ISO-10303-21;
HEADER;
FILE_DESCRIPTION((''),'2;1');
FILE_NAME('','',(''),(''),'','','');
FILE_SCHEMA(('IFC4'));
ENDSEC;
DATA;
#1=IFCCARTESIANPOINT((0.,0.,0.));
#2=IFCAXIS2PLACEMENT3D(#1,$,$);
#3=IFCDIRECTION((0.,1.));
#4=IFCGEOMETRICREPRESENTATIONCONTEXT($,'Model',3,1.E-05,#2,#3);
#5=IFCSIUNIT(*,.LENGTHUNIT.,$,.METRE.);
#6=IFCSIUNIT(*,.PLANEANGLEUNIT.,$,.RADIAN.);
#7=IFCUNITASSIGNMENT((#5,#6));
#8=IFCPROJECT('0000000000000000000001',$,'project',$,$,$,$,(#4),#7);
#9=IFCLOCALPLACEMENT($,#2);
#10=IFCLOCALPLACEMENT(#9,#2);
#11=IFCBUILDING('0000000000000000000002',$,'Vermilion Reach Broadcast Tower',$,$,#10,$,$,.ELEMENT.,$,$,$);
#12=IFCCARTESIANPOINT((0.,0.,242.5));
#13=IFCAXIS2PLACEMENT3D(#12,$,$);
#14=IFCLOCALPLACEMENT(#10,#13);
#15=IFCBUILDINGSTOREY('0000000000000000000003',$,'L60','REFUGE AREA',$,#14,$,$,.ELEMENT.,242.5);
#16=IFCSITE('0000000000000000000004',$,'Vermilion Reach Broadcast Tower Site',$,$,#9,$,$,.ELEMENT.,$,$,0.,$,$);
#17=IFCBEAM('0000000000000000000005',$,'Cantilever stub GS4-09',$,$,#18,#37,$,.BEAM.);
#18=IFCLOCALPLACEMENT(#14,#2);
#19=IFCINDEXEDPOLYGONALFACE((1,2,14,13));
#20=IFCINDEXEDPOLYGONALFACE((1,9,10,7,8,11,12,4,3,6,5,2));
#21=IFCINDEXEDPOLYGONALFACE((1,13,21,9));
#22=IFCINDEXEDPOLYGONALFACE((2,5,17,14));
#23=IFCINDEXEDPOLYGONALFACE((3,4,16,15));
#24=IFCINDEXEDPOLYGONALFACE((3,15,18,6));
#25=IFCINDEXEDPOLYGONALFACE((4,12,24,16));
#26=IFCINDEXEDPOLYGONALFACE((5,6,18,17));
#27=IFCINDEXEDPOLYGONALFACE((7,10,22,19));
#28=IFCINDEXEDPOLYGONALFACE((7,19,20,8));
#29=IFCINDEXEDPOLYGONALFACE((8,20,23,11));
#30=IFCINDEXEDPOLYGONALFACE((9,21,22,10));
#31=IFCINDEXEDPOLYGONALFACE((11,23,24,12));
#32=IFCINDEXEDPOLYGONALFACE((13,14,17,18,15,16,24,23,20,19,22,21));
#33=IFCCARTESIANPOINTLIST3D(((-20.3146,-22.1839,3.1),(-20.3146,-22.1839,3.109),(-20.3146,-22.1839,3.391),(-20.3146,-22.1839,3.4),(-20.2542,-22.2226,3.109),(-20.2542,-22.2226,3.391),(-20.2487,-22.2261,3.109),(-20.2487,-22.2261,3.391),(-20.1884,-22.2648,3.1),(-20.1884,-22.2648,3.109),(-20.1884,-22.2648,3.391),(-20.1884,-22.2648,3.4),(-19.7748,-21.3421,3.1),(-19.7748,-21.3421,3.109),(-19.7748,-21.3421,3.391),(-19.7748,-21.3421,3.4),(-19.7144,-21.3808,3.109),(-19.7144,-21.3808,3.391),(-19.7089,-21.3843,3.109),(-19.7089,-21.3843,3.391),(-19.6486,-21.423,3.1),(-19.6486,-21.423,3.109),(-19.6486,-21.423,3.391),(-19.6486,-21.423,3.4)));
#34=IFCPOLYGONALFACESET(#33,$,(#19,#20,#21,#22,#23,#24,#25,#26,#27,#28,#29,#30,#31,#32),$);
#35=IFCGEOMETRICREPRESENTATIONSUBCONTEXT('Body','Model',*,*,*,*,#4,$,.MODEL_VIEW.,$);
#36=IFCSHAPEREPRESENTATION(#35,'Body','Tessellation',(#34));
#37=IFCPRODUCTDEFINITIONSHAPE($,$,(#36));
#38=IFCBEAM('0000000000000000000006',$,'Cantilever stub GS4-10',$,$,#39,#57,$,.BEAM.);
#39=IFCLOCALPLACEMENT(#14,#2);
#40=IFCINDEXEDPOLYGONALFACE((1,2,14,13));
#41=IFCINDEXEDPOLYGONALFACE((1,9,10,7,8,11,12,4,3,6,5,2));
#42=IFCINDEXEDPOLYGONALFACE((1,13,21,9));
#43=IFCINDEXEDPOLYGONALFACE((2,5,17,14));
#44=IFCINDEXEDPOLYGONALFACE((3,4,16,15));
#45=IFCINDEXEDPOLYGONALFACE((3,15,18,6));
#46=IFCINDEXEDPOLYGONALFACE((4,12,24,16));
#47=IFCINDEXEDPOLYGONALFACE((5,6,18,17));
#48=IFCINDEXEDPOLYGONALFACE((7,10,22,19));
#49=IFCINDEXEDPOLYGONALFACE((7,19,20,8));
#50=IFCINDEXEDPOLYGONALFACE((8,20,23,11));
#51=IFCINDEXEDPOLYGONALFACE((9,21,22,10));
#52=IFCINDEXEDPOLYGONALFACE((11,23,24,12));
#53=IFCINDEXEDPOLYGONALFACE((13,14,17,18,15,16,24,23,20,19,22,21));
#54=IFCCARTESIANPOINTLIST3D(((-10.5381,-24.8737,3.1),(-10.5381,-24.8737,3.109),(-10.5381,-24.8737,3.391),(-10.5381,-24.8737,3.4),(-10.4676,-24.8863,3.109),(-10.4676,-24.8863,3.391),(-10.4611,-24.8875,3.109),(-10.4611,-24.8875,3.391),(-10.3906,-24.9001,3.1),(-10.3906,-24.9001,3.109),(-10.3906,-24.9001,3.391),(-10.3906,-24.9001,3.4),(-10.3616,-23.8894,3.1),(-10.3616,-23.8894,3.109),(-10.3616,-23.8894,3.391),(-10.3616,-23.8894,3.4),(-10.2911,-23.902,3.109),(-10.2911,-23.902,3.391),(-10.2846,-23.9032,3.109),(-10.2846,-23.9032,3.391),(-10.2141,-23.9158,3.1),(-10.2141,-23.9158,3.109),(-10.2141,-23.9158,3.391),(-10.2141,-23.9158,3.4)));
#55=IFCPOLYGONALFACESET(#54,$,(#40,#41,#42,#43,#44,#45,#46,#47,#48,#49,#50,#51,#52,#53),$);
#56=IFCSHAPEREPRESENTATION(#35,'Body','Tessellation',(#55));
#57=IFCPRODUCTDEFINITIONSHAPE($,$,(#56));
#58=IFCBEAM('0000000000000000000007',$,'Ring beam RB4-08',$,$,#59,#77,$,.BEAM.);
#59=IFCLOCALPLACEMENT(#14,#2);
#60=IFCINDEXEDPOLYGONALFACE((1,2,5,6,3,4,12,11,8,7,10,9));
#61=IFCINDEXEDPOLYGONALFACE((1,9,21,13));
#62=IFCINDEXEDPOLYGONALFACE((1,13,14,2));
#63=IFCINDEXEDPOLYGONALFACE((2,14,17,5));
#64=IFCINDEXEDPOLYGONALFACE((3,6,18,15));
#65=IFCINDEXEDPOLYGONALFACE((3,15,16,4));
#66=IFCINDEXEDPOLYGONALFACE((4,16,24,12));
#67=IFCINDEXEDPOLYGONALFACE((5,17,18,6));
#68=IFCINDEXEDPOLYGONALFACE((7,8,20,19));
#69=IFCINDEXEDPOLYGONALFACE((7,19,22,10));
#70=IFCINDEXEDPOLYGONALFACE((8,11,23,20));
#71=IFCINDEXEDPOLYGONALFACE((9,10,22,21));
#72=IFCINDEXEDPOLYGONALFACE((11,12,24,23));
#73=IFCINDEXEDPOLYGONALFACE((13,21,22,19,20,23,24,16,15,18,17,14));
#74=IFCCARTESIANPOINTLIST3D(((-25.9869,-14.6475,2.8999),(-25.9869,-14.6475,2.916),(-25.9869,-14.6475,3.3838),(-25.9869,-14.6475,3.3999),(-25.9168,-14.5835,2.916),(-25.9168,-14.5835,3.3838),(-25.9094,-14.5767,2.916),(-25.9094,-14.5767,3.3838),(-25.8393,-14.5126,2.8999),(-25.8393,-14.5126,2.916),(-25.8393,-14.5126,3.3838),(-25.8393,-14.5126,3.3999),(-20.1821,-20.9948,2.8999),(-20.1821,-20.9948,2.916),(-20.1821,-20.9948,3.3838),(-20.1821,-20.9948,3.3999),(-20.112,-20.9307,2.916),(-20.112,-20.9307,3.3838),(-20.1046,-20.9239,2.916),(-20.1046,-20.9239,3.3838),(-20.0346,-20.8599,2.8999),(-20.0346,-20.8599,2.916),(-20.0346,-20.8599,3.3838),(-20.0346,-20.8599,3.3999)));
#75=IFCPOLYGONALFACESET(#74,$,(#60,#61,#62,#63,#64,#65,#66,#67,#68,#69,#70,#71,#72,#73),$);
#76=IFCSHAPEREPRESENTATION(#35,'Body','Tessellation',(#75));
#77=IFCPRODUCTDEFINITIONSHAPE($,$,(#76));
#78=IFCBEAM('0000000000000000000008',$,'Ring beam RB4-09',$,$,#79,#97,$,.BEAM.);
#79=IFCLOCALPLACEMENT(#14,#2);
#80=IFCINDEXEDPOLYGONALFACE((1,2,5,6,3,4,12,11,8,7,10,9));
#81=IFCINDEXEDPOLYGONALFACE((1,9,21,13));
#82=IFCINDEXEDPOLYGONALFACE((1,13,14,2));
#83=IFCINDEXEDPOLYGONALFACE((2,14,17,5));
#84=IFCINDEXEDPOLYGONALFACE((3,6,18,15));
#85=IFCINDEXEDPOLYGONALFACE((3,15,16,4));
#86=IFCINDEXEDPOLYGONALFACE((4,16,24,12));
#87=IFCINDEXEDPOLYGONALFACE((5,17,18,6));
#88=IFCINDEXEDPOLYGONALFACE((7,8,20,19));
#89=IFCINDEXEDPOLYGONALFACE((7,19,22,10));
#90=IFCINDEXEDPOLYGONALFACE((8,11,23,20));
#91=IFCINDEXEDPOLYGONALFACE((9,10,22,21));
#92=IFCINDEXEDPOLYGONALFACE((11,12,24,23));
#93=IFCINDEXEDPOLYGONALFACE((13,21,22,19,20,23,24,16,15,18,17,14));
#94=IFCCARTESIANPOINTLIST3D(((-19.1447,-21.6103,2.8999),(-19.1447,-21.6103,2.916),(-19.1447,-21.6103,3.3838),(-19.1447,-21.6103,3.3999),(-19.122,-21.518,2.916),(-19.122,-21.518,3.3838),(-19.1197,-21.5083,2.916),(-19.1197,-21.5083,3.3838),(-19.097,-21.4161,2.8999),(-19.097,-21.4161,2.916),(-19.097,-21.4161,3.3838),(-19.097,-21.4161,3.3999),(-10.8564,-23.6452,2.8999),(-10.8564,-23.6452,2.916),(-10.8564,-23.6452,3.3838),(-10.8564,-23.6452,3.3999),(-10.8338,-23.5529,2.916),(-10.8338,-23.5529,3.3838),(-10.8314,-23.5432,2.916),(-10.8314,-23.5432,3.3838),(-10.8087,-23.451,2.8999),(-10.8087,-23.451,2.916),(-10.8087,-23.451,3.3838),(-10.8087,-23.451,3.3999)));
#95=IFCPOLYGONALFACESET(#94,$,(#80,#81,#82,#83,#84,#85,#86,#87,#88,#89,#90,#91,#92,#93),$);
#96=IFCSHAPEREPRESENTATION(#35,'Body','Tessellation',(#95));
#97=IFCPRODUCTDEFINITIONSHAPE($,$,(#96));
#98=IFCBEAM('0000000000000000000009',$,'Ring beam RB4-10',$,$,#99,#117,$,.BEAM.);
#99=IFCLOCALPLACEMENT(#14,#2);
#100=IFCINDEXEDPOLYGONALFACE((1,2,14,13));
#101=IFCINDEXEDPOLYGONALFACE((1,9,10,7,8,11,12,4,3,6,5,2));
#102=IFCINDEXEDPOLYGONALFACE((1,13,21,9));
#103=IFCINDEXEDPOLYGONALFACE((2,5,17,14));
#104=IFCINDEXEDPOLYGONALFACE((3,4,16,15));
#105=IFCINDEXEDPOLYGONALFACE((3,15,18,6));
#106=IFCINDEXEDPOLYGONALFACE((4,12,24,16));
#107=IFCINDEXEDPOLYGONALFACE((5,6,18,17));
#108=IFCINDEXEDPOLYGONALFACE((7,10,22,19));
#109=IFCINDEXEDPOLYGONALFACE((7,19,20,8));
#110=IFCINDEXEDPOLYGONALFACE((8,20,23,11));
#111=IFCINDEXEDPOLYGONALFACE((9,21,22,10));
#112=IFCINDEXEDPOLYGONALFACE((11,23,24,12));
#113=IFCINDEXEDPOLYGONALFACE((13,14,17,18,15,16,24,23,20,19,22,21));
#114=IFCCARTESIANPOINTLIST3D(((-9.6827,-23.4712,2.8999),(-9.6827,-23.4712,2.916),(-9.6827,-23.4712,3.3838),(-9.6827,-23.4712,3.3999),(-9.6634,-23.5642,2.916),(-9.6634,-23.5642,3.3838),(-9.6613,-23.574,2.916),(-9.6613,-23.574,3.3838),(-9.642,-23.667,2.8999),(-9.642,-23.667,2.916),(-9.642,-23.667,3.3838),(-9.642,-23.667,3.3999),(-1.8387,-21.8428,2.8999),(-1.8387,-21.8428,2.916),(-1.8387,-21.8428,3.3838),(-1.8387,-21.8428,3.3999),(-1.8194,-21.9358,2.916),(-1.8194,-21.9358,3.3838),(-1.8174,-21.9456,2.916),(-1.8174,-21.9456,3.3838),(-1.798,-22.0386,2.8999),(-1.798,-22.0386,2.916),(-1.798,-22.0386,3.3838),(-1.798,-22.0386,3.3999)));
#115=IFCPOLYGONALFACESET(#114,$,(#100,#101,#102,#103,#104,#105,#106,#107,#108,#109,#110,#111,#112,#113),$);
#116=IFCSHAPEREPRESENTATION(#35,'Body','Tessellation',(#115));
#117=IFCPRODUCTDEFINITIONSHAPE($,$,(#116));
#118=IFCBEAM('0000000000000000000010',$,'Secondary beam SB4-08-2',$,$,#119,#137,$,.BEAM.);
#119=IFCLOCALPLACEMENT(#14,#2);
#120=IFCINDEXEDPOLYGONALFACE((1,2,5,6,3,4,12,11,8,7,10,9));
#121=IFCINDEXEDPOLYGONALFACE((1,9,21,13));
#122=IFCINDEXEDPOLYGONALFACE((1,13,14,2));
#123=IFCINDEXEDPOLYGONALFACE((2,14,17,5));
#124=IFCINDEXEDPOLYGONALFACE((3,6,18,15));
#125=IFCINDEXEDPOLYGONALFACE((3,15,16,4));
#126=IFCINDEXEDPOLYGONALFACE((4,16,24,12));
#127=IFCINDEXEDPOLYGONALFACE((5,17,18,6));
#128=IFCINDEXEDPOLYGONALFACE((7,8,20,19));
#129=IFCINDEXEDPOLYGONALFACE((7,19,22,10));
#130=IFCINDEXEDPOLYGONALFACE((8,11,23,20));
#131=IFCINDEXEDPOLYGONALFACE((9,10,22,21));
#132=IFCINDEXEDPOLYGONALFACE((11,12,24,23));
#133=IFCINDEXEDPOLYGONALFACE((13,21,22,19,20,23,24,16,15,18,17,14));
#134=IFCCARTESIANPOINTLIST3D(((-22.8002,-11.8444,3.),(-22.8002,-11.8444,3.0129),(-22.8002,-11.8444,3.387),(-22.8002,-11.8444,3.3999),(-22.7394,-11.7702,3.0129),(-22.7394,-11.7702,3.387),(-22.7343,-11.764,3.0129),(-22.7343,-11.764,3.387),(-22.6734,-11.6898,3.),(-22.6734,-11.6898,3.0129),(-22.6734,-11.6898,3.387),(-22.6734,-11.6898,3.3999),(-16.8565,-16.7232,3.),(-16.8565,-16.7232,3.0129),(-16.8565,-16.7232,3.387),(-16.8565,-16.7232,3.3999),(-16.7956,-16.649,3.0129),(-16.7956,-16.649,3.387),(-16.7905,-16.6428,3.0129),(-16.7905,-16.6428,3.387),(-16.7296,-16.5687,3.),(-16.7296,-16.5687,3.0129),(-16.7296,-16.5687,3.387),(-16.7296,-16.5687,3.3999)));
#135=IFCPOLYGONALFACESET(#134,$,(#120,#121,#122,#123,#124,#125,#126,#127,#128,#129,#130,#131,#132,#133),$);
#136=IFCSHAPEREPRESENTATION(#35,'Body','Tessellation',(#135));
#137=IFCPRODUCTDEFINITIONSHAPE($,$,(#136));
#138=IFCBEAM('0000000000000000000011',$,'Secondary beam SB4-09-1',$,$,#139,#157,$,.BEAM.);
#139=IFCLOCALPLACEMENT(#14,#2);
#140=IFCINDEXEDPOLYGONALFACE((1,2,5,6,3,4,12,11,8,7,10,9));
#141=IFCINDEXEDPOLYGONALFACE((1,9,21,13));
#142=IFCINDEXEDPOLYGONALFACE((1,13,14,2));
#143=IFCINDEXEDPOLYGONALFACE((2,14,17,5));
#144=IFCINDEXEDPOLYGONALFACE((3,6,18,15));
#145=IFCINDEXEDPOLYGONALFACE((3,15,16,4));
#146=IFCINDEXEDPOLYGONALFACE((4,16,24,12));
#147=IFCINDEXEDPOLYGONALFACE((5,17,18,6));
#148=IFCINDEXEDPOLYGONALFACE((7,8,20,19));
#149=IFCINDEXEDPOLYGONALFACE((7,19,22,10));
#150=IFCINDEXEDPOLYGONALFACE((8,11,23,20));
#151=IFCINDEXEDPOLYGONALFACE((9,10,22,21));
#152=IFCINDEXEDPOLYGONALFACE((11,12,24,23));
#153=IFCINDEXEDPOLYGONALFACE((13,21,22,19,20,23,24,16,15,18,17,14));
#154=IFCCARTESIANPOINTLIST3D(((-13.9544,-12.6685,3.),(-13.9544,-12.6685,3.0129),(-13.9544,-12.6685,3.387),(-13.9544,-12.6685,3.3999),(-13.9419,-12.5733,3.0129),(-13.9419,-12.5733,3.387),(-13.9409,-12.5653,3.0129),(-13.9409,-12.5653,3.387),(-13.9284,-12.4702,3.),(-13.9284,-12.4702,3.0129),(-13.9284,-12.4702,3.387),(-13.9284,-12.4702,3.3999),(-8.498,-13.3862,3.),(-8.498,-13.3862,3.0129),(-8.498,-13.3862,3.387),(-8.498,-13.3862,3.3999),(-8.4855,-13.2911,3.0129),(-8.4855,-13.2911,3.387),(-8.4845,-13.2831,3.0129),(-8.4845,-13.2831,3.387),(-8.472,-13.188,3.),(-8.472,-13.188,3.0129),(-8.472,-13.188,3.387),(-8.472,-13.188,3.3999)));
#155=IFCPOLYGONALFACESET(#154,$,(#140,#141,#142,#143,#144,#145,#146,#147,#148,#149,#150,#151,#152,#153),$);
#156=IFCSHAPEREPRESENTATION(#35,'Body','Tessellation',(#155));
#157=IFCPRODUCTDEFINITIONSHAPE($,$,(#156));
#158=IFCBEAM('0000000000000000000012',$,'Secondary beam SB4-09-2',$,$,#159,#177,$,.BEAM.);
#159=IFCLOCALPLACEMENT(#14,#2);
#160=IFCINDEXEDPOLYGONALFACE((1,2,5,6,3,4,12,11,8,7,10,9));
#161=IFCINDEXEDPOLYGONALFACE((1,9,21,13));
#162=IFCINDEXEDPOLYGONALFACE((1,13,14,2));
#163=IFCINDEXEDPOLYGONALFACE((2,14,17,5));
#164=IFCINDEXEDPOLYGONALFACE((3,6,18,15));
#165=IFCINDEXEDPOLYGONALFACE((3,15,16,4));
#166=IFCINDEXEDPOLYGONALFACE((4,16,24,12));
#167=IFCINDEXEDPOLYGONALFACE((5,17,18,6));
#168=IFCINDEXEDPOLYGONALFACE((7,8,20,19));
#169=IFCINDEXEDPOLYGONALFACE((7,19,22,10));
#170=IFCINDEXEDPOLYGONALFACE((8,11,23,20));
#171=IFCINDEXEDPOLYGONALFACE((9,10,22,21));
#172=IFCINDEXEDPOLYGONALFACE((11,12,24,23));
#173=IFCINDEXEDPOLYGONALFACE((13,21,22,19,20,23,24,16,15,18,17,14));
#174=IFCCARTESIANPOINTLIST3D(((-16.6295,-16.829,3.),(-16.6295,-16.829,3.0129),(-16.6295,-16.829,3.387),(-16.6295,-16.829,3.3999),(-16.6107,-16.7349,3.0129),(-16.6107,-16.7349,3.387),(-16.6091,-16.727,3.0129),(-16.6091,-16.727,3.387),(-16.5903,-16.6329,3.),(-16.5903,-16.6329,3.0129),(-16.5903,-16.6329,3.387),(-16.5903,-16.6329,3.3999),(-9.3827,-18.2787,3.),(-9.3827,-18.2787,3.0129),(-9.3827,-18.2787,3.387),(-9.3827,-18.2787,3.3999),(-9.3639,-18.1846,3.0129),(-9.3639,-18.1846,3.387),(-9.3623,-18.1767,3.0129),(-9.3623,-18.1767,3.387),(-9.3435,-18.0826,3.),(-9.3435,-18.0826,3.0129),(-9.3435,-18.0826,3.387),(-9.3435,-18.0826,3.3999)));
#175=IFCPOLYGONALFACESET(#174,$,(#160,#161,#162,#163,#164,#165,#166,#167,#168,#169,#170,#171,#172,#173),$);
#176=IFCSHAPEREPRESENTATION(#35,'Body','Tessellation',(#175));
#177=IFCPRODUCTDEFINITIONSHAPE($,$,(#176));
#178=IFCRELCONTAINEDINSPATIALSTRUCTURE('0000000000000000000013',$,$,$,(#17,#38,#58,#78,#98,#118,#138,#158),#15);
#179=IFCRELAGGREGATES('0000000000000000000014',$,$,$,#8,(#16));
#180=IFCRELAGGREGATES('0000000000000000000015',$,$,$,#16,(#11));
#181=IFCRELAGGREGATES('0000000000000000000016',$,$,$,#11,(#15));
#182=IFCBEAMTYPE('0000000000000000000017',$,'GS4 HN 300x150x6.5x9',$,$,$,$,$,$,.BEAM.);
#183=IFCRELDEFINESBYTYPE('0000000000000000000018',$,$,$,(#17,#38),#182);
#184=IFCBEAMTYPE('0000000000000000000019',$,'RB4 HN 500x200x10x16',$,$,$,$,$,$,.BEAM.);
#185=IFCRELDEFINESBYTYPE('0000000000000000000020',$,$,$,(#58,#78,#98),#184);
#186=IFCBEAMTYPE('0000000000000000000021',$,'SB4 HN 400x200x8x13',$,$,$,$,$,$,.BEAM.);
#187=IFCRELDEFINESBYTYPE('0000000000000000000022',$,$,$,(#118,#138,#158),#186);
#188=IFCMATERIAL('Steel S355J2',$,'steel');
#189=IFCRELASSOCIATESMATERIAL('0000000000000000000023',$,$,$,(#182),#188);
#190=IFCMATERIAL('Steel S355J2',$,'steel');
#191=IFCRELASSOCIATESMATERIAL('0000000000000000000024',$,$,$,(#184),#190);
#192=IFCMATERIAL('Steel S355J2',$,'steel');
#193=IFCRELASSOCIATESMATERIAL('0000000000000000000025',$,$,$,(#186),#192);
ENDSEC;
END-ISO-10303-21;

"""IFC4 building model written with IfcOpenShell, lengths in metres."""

from ifc_helpers import new_model, si_unit, direction, frame, origin, origin_2d, place, context, subcontext, project, spatial, i_section, extrude, material, material_profile, profile_set, type_object, element, save


model = new_model("IFC4")

# Units and contexts
model_context = context("Model", 3, precision=1e-05, world=origin(), true_north=direction((0.0, 1.0)))
body_context = subcontext(model_context, "Body", "Model", "MODEL_VIEW")
ifc_project = project(units=[si_unit("LENGTHUNIT", "METRE"), si_unit("PLANEANGLEUNIT", "RADIAN")], contexts=[model_context])

# Site, building, storey
site_placement = place(None, origin())
site = spatial("IfcSite", under=ifc_project, at=site_placement, Name="Vermilion Reach Broadcast Tower Site", CompositionType="ELEMENT", RefElevation=0.0)
building_placement = place(site_placement, origin())
building = spatial("IfcBuilding", under=site, at=building_placement, Name="Vermilion Reach Broadcast Tower", CompositionType="ELEMENT")
storey_placement = place(building_placement, frame((0.0, 0.0, 242.5)))
storey = spatial("IfcBuildingStorey", under=building, at=storey_placement, Name="L60", Description="REFUGE AREA", CompositionType="ELEMENT", Elevation=242.5)

# Beams
ifc_material_1 = material(Name="Steel S355J2", Category="steel")
ifc_material_profile_1 = material_profile(ifc_material_1, i_section(OverallWidth=0.1499, OverallDepth=0.3, WebThickness=0.0066, FlangeThickness=0.009, at=origin_2d()), Name="S355J2 HN 300x150x6.5x9")
ifc_profile_set_1 = profile_set([ifc_material_profile_1], Name="Steel S355J2")
beam_type_1 = type_object("IfcBeamType", Name="GS4 HN 300x150x6.5x9", PredefinedType="BEAM", material=ifc_profile_set_1)
for number, where, z_axis, x_axis, name in (
    (1, (-19.7117, -21.3826, 3.25), (-0.539795, -0.841797, 0.0), (0.841797, -0.539795, 0.0), "Cantilever stub GS4-09"),
    (2, (-10.2878, -23.9026, 3.25), (-0.1765, -0.984301, 0.0), (0.984301, -0.1765, 0.0), "Cantilever stub GS4-10"),
):
    element("IfcBeam", number, at=place(storey_placement, frame(where, z_axis=z_axis, x_axis=x_axis)), inside=storey, type_object=beam_type_1, Name=name, PredefinedType="BEAM", context=body_context, shape_type="SweptSolid", body=[
        extrude(i_section(OverallWidth=0.1499, OverallDepth=0.3, WebThickness=0.0066, FlangeThickness=0.009, at=origin_2d()), origin(), (0.0, 0.0, 1.0), 1.0),
    ])
ifc_material_2 = material(Name="Steel S355J2", Category="steel")
ifc_material_profile_2 = material_profile(ifc_material_2, i_section(OverallWidth=0.2, OverallDepth=0.5, WebThickness=0.01, FlangeThickness=0.0161, at=origin_2d()), Name="S355J2 HN 500x200x10x16")
ifc_profile_set_2 = profile_set([ifc_material_profile_2], Name="Steel S355J2")
beam_type_2 = type_object("IfcBeamType", Name="RB4 HN 500x200x10x16", PredefinedType="BEAM", material=ifc_profile_set_2)
beam_1_placement = place(storey_placement, frame((-25.9131, -14.5801, 3.1499), z_axis=(0.674868, -0.737938, 0.0), x_axis=(0.737938, 0.674868, 0.0)))
element("IfcBeam", 3, at=beam_1_placement, inside=storey, type_object=beam_type_2, Name="Ring beam RB4-08", PredefinedType="BEAM", context=body_context, shape_type="SweptSolid", body=[
    extrude(i_section(OverallWidth=0.2, OverallDepth=0.5, WebThickness=0.01, FlangeThickness=0.0161, at=origin_2d()), origin(), (0.0, 0.0, 1.0), 8.6013),
])
beam_2_placement = place(storey_placement, frame((-19.1208, -21.5132, 3.1499), z_axis=(0.971159, -0.238434, 0.0), x_axis=(0.238434, 0.971159, 0.0)))
element("IfcBeam", 4, at=beam_2_placement, inside=storey, type_object=beam_type_2, Name="Ring beam RB4-09", PredefinedType="BEAM", context=body_context, shape_type="SweptSolid", body=[
    extrude(i_section(OverallWidth=0.2, OverallDepth=0.5, WebThickness=0.01, FlangeThickness=0.0161, at=origin_2d()), origin(), (0.0, 0.0, 1.0), 8.5344),
])
beam_3_placement = place(storey_placement, frame((-9.6624, -23.5691, 3.1499), z_axis=(0.979123, 0.203267, 0.0), x_axis=(-0.203267, 0.979123, 0.0)))
element("IfcBeam", 5, at=beam_3_placement, inside=storey, type_object=beam_type_2, Name="Ring beam RB4-10", PredefinedType="BEAM", context=body_context, shape_type="SweptSolid", body=[
    extrude(i_section(OverallWidth=0.2, OverallDepth=0.5, WebThickness=0.01, FlangeThickness=0.0161, at=origin_2d()), origin(), (0.0, 0.0, 1.0), 8.0112),
])
ifc_material_3 = material(Name="Steel S355J2", Category="steel")
ifc_material_profile_3 = material_profile(ifc_material_3, i_section(OverallWidth=0.2, OverallDepth=0.3999, WebThickness=0.0081, FlangeThickness=0.0129, at=origin_2d()), Name="S355J2 HN 400x200x8x13")
ifc_profile_set_3 = profile_set([ifc_material_profile_3], Name="Steel S355J2")
beam_type_3 = type_object("IfcBeamType", Name="SB4 HN 400x200x8x13", PredefinedType="BEAM", material=ifc_profile_set_3)
beam_4_placement = place(storey_placement, frame((-22.7368, -11.7671, 3.2), z_axis=(0.772952, -0.634465, 0.0), x_axis=(0.634465, 0.772952, 0.0)))
element("IfcBeam", 6, at=beam_4_placement, inside=storey, type_object=beam_type_3, Name="Secondary beam SB4-08-2", PredefinedType="BEAM", context=body_context, shape_type="SweptSolid", body=[
    extrude(i_section(OverallWidth=0.2, OverallDepth=0.3999, WebThickness=0.0081, FlangeThickness=0.0129, at=origin_2d()), origin(), (0.0, 0.0, 1.0), 7.6897),
])
beam_5_placement = place(storey_placement, frame((-13.9414, -12.5693, 3.2), z_axis=(0.991458, -0.130426, 0.0), x_axis=(0.130426, 0.991458, 0.0)))
element("IfcBeam", 7, at=beam_5_placement, inside=storey, type_object=beam_type_3, Name="Secondary beam SB4-09-1", PredefinedType="BEAM", context=body_context, shape_type="SweptSolid", body=[
    extrude(i_section(OverallWidth=0.2, OverallDepth=0.3999, WebThickness=0.0081, FlangeThickness=0.0129, at=origin_2d()), origin(), (0.0, 0.0, 1.0), 5.5034),
])
beam_6_placement = place(storey_placement, frame((-16.6099, -16.731, 3.2), z_axis=(0.980572, -0.196161, 0.0), x_axis=(0.196161, 0.980572, 0.0)))
element("IfcBeam", 8, at=beam_6_placement, inside=storey, type_object=beam_type_3, Name="Secondary beam SB4-09-2", PredefinedType="BEAM", context=body_context, shape_type="SweptSolid", body=[
    extrude(i_section(OverallWidth=0.2, OverallDepth=0.3999, WebThickness=0.0081, FlangeThickness=0.0129, at=origin_2d()), origin(), (0.0, 0.0, 1.0), 7.3904),
])

save(model, "model.ifc")
